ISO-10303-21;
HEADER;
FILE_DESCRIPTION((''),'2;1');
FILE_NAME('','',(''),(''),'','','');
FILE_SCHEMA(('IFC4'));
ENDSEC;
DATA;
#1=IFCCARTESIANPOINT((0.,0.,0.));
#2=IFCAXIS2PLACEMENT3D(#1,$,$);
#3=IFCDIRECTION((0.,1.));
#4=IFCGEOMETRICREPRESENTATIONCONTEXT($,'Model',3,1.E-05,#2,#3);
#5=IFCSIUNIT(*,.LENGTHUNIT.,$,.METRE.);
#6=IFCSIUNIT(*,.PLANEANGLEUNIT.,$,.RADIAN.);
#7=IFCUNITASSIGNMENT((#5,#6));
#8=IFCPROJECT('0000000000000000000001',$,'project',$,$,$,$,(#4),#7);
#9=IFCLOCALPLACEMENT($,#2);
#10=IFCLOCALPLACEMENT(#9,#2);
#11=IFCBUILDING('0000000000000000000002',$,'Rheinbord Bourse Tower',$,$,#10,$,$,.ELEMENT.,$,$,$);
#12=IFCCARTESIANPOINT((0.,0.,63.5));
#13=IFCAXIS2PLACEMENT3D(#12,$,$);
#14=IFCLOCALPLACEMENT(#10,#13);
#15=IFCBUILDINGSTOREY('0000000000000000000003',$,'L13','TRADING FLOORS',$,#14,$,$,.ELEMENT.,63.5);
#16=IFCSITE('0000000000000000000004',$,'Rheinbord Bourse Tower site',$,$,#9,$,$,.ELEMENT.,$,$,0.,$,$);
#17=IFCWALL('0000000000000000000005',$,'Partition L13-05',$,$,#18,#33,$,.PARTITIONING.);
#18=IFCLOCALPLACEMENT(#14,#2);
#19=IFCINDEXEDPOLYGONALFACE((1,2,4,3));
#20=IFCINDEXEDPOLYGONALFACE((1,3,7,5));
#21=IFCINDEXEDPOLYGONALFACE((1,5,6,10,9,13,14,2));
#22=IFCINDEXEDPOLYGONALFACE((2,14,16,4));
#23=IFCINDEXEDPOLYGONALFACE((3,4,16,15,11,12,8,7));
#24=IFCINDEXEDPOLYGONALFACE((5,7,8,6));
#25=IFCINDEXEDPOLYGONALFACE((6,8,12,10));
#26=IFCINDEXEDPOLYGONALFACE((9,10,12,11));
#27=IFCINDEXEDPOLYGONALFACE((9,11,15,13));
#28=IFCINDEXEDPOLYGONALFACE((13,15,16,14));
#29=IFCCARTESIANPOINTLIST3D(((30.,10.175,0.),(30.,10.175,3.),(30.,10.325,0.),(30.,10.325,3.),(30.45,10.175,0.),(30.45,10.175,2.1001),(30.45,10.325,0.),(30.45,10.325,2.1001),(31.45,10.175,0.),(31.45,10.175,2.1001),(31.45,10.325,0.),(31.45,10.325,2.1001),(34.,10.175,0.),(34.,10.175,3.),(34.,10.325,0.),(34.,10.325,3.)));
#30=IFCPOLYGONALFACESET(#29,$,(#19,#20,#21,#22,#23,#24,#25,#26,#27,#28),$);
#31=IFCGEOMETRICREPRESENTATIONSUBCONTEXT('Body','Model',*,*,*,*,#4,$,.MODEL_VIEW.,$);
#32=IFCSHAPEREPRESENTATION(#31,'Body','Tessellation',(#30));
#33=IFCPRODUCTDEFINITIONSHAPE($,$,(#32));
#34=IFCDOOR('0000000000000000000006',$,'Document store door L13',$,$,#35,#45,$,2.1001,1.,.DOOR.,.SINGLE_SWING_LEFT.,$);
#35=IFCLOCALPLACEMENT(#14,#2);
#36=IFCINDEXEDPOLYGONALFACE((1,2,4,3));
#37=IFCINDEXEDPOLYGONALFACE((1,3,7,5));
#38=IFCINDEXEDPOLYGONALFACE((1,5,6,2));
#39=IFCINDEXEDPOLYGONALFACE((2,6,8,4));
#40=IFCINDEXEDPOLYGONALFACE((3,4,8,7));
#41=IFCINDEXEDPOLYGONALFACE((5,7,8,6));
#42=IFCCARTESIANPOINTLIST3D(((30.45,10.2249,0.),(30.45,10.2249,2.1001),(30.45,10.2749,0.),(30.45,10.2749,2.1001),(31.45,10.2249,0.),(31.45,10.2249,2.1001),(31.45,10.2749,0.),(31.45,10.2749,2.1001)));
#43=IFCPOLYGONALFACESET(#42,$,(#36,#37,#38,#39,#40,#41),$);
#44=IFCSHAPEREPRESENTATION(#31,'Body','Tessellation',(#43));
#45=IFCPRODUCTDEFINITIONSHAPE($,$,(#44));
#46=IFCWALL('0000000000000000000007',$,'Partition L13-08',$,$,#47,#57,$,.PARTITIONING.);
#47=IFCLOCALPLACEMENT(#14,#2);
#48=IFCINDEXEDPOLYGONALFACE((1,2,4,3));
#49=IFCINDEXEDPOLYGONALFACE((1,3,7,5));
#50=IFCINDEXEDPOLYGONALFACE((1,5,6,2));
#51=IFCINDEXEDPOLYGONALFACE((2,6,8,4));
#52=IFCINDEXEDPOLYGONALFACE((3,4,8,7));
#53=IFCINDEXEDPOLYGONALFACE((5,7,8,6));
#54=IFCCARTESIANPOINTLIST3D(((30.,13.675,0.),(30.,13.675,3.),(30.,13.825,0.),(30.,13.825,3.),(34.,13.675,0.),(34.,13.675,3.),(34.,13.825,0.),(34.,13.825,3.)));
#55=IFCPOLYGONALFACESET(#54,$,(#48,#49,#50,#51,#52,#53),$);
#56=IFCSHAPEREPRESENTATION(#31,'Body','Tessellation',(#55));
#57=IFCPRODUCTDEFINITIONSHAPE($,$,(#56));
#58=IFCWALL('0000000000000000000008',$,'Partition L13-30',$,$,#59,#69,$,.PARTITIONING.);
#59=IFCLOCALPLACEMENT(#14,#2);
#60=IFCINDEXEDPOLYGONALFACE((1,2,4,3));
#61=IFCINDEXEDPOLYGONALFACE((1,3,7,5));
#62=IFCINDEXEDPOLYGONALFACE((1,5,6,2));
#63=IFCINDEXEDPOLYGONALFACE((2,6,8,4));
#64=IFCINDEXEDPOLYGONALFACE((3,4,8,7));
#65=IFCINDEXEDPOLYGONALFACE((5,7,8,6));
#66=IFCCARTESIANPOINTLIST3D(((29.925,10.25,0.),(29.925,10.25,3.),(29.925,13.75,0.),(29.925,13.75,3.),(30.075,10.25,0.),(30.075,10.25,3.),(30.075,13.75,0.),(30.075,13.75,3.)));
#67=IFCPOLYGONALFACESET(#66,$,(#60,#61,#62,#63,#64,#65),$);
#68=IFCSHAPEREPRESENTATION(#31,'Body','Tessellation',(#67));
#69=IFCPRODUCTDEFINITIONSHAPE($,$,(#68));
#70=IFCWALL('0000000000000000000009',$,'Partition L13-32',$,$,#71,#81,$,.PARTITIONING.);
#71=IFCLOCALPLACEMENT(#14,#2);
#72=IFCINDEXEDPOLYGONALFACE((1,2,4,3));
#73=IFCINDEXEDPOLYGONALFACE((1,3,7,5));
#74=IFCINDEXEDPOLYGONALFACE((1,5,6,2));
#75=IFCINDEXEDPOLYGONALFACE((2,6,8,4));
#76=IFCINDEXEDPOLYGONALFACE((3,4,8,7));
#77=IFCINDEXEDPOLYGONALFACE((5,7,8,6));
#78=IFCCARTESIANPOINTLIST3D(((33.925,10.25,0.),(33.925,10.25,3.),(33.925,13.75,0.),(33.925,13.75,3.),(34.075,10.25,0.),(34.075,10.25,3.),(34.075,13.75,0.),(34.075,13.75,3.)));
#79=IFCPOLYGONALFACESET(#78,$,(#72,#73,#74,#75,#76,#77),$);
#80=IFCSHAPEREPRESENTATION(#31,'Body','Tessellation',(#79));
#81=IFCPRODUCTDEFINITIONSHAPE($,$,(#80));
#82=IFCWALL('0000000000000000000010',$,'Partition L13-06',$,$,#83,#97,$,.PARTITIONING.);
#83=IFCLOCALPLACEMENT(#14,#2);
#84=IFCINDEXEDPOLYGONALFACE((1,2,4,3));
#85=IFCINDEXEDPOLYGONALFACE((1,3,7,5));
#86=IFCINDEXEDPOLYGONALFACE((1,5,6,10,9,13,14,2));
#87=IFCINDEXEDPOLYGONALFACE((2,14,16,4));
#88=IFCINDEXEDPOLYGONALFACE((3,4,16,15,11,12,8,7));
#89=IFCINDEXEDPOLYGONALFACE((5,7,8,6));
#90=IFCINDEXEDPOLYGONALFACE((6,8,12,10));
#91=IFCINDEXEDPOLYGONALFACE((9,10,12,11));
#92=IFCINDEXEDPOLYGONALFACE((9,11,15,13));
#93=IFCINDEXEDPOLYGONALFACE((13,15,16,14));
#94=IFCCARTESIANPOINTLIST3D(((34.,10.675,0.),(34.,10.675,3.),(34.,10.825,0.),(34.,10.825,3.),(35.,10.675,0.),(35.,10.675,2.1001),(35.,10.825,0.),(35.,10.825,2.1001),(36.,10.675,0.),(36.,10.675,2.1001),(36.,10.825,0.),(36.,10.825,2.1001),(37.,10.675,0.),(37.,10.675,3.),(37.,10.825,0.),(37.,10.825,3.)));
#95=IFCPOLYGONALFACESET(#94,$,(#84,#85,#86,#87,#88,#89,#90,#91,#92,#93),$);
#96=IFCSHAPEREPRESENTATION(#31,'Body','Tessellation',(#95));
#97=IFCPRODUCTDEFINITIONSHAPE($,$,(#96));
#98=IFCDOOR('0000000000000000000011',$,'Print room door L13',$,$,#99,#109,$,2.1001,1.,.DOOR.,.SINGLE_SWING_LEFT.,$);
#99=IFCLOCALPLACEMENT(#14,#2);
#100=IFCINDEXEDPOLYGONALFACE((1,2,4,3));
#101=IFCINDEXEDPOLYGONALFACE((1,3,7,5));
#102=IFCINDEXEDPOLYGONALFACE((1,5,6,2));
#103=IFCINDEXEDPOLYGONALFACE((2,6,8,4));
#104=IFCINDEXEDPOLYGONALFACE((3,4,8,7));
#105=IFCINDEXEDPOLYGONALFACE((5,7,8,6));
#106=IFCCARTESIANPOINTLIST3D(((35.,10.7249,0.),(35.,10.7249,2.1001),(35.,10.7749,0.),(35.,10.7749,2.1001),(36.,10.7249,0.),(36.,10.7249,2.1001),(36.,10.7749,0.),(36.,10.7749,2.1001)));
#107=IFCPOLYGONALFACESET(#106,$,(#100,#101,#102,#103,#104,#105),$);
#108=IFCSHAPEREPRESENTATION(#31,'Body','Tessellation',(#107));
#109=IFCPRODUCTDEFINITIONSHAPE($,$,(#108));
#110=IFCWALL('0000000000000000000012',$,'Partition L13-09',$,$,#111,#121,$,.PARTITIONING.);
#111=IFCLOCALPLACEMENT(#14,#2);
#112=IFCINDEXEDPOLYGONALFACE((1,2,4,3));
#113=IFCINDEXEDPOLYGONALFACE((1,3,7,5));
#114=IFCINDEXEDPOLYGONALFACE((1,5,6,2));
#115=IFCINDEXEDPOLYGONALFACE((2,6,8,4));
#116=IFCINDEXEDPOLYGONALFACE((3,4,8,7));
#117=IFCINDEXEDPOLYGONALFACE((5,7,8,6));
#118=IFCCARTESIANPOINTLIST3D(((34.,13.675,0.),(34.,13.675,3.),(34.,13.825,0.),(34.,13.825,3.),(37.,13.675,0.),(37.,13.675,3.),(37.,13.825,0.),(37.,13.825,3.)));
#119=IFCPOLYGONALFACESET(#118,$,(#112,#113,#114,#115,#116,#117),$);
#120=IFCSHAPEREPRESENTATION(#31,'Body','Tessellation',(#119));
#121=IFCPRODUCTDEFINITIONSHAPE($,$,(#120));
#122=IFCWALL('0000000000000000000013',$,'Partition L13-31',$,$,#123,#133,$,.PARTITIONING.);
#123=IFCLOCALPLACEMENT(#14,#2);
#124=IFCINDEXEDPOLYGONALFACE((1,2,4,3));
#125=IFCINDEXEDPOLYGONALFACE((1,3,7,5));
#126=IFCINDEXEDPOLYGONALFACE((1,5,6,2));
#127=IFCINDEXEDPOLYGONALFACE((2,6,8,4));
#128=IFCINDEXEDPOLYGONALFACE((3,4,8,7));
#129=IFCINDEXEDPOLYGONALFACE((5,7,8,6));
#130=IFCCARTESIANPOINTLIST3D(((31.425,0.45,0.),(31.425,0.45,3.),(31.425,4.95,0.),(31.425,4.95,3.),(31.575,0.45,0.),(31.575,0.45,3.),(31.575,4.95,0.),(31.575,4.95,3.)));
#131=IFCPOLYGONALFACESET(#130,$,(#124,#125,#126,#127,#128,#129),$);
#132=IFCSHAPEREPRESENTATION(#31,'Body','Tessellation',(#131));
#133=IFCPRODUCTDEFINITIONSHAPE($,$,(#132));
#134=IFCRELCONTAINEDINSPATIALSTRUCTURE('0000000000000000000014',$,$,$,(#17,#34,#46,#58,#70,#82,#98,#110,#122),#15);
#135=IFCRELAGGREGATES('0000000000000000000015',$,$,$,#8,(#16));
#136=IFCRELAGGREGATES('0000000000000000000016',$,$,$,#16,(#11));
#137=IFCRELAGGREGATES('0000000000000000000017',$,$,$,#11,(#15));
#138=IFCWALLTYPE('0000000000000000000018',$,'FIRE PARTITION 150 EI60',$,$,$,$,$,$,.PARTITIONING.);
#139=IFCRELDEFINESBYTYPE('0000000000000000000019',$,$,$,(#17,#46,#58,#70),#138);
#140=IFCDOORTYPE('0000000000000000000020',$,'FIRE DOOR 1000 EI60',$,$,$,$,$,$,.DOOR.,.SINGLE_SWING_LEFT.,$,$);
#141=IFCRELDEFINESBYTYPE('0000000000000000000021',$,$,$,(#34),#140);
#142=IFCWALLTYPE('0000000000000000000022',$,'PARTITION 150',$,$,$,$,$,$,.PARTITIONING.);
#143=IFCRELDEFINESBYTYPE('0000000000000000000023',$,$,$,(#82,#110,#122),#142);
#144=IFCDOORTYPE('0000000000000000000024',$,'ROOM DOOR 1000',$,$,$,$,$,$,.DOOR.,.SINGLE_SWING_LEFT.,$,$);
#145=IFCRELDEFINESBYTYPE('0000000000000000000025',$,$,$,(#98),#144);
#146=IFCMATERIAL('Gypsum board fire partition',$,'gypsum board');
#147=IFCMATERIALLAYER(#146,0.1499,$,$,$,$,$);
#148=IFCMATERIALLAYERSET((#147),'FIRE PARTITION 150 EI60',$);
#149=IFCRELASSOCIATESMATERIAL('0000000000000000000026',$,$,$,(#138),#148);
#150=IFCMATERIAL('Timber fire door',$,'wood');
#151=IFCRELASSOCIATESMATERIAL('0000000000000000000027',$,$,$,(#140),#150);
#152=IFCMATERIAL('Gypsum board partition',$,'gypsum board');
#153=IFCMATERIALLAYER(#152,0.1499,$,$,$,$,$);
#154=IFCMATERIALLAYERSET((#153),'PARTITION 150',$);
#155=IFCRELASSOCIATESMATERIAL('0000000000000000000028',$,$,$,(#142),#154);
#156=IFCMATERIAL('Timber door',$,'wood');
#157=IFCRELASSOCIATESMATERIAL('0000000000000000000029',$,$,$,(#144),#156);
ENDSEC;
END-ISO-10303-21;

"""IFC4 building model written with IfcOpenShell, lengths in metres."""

from ifc_helpers import new_model, si_unit, direction, frame, frame_2d, origin, place, context, subcontext, project, spatial, rectangle, extrude, material, layer, layer_set, type_object, element, fill, save


model = new_model("IFC4")

# Units and contexts
model_context = context("Model", 3, precision=1e-05, world=origin(), true_north=direction((0.0, 1.0)))
body_context = subcontext(model_context, "Body", "Model", "MODEL_VIEW")
ifc_project = project(units=[si_unit("LENGTHUNIT", "METRE"), si_unit("PLANEANGLEUNIT", "RADIAN")], contexts=[model_context])

# Site, building, storey
site_placement = place(None, origin())
site = spatial("IfcSite", under=ifc_project, at=site_placement, Name="Rheinbord Bourse Tower site", CompositionType="ELEMENT", RefElevation=0.0)
building_placement = place(site_placement, origin())
building = spatial("IfcBuilding", under=site, at=building_placement, Name="Rheinbord Bourse Tower", CompositionType="ELEMENT")
storey_placement = place(building_placement, frame((0.0, 0.0, 63.5)))
storey = spatial("IfcBuildingStorey", under=building, at=storey_placement, Name="L13", Description="TRADING FLOORS", CompositionType="ELEMENT", Elevation=63.5)

# Wall, opening, door
ifc_material_1 = material(Name="Gypsum board fire partition", Category="gypsum board")
ifc_layer_1 = layer(ifc_material_1, 0.1499)
ifc_layer_set_1 = layer_set([ifc_layer_1], Name="FIRE PARTITION 150 EI60")
wall_type_1 = type_object("IfcWallType", Name="FIRE PARTITION 150 EI60", PredefinedType="PARTITIONING", material=ifc_layer_set_1)
wall_1_placement = place(storey_placement, frame((30.0, 10.25, 0.0), z_axis=(0.0, 0.0, 1.0), x_axis=(1.0, 0.0, 0.0)))
wall_1 = element("IfcWall", 1, at=wall_1_placement, inside=storey, type_object=wall_type_1, Name="Partition L13-05", PredefinedType="PARTITIONING", context=body_context, shape_type="SweptSolid", body=[
    extrude(rectangle(XDim=4.0, YDim=0.1499, at=frame_2d((2.0, 0.0))), origin(), (0.0, 0.0, 1.0), 3.0),
])
opening_1_placement = place(wall_1_placement, frame((0.45, 0.0, 0.0)))
opening_1 = element("IfcOpeningElement", 2, at=opening_1_placement, cuts=wall_1, PredefinedType="OPENING", context=body_context, shape_type="SweptSolid", body=[
    extrude(rectangle(XDim=1.0, YDim=2.1001, at=frame_2d((0.5, 1.05))), frame((0.0, 0.085, 0.0), z_axis=(0.0, -1.0, 0.0), x_axis=(1.0, 0.0, 0.0)), (0.0, 0.0, 1.0), 0.1699),
])
ifc_material_2 = material(Name="Timber fire door", Category="wood")
door_type_1 = type_object("IfcDoorType", Name="FIRE DOOR 1000 EI60", OperationType="SINGLE_SWING_LEFT", PredefinedType="DOOR", material=ifc_material_2)
door_1_placement = place(opening_1_placement, origin())
door_1 = element("IfcDoor", 3, at=door_1_placement, inside=storey, type_object=door_type_1, Name="Document store door L13", OperationType="SINGLE_SWING_LEFT", OverallHeight=2.1001, OverallWidth=1.0, PredefinedType="DOOR", context=body_context, shape_type="SweptSolid", body=[
    extrude(rectangle(XDim=1.0, YDim=2.1001, at=frame_2d((0.5, 1.05))), frame((0.0, 0.0249, 0.0), z_axis=(0.0, -1.0, 0.0), x_axis=(1.0, 0.0, 0.0)), (0.0, 0.0, 1.0), 0.05),
])
fill(opening_1, door_1)

# Walls
wall_2_placement = place(storey_placement, frame((30.0, 13.75, 0.0), z_axis=(0.0, 0.0, 1.0), x_axis=(1.0, 0.0, 0.0)))
element("IfcWall", 4, at=wall_2_placement, inside=storey, type_object=wall_type_1, Name="Partition L13-08", PredefinedType="PARTITIONING", context=body_context, shape_type="SweptSolid", body=[
    extrude(rectangle(XDim=4.0, YDim=0.1499, at=frame_2d((2.0, 0.0))), origin(), (0.0, 0.0, 1.0), 3.0),
])
for number, where, z_axis, x_axis, name in (
    (5, (30.0, 10.25, 0.0), (0.0, 0.0, 1.0), (0.0, 1.0, 0.0), "Partition L13-30"),
    (6, (34.0, 10.25, 0.0), (0.0, 0.0, 1.0), (0.0, 1.0, 0.0), "Partition L13-32"),
):
    element("IfcWall", number, at=place(storey_placement, frame(where, z_axis=z_axis, x_axis=x_axis)), inside=storey, type_object=wall_type_1, Name=name, PredefinedType="PARTITIONING", context=body_context, shape_type="SweptSolid", body=[
        extrude(rectangle(XDim=3.5, YDim=0.1499, at=frame_2d((1.75, 0.0))), origin(), (0.0, 0.0, 1.0), 3.0),
    ])

# Wall, opening, door
ifc_material_3 = material(Name="Gypsum board partition", Category="gypsum board")
ifc_layer_2 = layer(ifc_material_3, 0.1499)
ifc_layer_set_2 = layer_set([ifc_layer_2], Name="PARTITION 150")
wall_type_2 = type_object("IfcWallType", Name="PARTITION 150", PredefinedType="PARTITIONING", material=ifc_layer_set_2)
wall_3_placement = place(storey_placement, frame((34.0, 10.75, 0.0), z_axis=(0.0, 0.0, 1.0), x_axis=(1.0, 0.0, 0.0)))
wall_3 = element("IfcWall", 7, at=wall_3_placement, inside=storey, type_object=wall_type_2, Name="Partition L13-06", PredefinedType="PARTITIONING", context=body_context, shape_type="SweptSolid", body=[
    extrude(rectangle(XDim=3.0, YDim=0.1499, at=frame_2d((1.5, 0.0))), origin(), (0.0, 0.0, 1.0), 3.0),
])
opening_2_placement = place(wall_3_placement, frame((1.0, 0.0, 0.0)))
opening_2 = element("IfcOpeningElement", 8, at=opening_2_placement, cuts=wall_3, PredefinedType="OPENING", context=body_context, shape_type="SweptSolid", body=[
    extrude(rectangle(XDim=1.0, YDim=2.1001, at=frame_2d((0.5, 1.05))), frame((0.0, 0.085, 0.0), z_axis=(0.0, -1.0, 0.0), x_axis=(1.0, 0.0, 0.0)), (0.0, 0.0, 1.0), 0.1699),
])
ifc_material_4 = material(Name="Timber door", Category="wood")
door_type_2 = type_object("IfcDoorType", Name="ROOM DOOR 1000", OperationType="SINGLE_SWING_LEFT", PredefinedType="DOOR", material=ifc_material_4)
door_2_placement = place(opening_2_placement, origin())
door_2 = element("IfcDoor", 9, at=door_2_placement, inside=storey, type_object=door_type_2, Name="Print room door L13", OperationType="SINGLE_SWING_LEFT", OverallHeight=2.1001, OverallWidth=1.0, PredefinedType="DOOR", context=body_context, shape_type="SweptSolid", body=[
    extrude(rectangle(XDim=1.0, YDim=2.1001, at=frame_2d((0.5, 1.05))), frame((0.0, 0.0249, 0.0), z_axis=(0.0, -1.0, 0.0), x_axis=(1.0, 0.0, 0.0)), (0.0, 0.0, 1.0), 0.05),
])
fill(opening_2, door_2)

# Walls
wall_4_placement = place(storey_placement, frame((34.0, 13.75, 0.0), z_axis=(0.0, 0.0, 1.0), x_axis=(1.0, 0.0, 0.0)))
element("IfcWall", 10, at=wall_4_placement, inside=storey, type_object=wall_type_2, Name="Partition L13-09", PredefinedType="PARTITIONING", context=body_context, shape_type="SweptSolid", body=[
    extrude(rectangle(XDim=3.0, YDim=0.1499, at=frame_2d((1.5, 0.0))), origin(), (0.0, 0.0, 1.0), 3.0),
])
wall_5_placement = place(storey_placement, frame((31.5, 0.45, 0.0), z_axis=(0.0, 0.0, 1.0), x_axis=(0.0, 1.0, 0.0)))
element("IfcWall", 11, at=wall_5_placement, inside=storey, type_object=wall_type_2, Name="Partition L13-31", PredefinedType="PARTITIONING", context=body_context, shape_type="SweptSolid", body=[
    extrude(rectangle(XDim=4.5, YDim=0.1499, at=frame_2d((2.25, 0.0))), origin(), (0.0, 0.0, 1.0), 3.0),
])

save(model, "model.ifc")
